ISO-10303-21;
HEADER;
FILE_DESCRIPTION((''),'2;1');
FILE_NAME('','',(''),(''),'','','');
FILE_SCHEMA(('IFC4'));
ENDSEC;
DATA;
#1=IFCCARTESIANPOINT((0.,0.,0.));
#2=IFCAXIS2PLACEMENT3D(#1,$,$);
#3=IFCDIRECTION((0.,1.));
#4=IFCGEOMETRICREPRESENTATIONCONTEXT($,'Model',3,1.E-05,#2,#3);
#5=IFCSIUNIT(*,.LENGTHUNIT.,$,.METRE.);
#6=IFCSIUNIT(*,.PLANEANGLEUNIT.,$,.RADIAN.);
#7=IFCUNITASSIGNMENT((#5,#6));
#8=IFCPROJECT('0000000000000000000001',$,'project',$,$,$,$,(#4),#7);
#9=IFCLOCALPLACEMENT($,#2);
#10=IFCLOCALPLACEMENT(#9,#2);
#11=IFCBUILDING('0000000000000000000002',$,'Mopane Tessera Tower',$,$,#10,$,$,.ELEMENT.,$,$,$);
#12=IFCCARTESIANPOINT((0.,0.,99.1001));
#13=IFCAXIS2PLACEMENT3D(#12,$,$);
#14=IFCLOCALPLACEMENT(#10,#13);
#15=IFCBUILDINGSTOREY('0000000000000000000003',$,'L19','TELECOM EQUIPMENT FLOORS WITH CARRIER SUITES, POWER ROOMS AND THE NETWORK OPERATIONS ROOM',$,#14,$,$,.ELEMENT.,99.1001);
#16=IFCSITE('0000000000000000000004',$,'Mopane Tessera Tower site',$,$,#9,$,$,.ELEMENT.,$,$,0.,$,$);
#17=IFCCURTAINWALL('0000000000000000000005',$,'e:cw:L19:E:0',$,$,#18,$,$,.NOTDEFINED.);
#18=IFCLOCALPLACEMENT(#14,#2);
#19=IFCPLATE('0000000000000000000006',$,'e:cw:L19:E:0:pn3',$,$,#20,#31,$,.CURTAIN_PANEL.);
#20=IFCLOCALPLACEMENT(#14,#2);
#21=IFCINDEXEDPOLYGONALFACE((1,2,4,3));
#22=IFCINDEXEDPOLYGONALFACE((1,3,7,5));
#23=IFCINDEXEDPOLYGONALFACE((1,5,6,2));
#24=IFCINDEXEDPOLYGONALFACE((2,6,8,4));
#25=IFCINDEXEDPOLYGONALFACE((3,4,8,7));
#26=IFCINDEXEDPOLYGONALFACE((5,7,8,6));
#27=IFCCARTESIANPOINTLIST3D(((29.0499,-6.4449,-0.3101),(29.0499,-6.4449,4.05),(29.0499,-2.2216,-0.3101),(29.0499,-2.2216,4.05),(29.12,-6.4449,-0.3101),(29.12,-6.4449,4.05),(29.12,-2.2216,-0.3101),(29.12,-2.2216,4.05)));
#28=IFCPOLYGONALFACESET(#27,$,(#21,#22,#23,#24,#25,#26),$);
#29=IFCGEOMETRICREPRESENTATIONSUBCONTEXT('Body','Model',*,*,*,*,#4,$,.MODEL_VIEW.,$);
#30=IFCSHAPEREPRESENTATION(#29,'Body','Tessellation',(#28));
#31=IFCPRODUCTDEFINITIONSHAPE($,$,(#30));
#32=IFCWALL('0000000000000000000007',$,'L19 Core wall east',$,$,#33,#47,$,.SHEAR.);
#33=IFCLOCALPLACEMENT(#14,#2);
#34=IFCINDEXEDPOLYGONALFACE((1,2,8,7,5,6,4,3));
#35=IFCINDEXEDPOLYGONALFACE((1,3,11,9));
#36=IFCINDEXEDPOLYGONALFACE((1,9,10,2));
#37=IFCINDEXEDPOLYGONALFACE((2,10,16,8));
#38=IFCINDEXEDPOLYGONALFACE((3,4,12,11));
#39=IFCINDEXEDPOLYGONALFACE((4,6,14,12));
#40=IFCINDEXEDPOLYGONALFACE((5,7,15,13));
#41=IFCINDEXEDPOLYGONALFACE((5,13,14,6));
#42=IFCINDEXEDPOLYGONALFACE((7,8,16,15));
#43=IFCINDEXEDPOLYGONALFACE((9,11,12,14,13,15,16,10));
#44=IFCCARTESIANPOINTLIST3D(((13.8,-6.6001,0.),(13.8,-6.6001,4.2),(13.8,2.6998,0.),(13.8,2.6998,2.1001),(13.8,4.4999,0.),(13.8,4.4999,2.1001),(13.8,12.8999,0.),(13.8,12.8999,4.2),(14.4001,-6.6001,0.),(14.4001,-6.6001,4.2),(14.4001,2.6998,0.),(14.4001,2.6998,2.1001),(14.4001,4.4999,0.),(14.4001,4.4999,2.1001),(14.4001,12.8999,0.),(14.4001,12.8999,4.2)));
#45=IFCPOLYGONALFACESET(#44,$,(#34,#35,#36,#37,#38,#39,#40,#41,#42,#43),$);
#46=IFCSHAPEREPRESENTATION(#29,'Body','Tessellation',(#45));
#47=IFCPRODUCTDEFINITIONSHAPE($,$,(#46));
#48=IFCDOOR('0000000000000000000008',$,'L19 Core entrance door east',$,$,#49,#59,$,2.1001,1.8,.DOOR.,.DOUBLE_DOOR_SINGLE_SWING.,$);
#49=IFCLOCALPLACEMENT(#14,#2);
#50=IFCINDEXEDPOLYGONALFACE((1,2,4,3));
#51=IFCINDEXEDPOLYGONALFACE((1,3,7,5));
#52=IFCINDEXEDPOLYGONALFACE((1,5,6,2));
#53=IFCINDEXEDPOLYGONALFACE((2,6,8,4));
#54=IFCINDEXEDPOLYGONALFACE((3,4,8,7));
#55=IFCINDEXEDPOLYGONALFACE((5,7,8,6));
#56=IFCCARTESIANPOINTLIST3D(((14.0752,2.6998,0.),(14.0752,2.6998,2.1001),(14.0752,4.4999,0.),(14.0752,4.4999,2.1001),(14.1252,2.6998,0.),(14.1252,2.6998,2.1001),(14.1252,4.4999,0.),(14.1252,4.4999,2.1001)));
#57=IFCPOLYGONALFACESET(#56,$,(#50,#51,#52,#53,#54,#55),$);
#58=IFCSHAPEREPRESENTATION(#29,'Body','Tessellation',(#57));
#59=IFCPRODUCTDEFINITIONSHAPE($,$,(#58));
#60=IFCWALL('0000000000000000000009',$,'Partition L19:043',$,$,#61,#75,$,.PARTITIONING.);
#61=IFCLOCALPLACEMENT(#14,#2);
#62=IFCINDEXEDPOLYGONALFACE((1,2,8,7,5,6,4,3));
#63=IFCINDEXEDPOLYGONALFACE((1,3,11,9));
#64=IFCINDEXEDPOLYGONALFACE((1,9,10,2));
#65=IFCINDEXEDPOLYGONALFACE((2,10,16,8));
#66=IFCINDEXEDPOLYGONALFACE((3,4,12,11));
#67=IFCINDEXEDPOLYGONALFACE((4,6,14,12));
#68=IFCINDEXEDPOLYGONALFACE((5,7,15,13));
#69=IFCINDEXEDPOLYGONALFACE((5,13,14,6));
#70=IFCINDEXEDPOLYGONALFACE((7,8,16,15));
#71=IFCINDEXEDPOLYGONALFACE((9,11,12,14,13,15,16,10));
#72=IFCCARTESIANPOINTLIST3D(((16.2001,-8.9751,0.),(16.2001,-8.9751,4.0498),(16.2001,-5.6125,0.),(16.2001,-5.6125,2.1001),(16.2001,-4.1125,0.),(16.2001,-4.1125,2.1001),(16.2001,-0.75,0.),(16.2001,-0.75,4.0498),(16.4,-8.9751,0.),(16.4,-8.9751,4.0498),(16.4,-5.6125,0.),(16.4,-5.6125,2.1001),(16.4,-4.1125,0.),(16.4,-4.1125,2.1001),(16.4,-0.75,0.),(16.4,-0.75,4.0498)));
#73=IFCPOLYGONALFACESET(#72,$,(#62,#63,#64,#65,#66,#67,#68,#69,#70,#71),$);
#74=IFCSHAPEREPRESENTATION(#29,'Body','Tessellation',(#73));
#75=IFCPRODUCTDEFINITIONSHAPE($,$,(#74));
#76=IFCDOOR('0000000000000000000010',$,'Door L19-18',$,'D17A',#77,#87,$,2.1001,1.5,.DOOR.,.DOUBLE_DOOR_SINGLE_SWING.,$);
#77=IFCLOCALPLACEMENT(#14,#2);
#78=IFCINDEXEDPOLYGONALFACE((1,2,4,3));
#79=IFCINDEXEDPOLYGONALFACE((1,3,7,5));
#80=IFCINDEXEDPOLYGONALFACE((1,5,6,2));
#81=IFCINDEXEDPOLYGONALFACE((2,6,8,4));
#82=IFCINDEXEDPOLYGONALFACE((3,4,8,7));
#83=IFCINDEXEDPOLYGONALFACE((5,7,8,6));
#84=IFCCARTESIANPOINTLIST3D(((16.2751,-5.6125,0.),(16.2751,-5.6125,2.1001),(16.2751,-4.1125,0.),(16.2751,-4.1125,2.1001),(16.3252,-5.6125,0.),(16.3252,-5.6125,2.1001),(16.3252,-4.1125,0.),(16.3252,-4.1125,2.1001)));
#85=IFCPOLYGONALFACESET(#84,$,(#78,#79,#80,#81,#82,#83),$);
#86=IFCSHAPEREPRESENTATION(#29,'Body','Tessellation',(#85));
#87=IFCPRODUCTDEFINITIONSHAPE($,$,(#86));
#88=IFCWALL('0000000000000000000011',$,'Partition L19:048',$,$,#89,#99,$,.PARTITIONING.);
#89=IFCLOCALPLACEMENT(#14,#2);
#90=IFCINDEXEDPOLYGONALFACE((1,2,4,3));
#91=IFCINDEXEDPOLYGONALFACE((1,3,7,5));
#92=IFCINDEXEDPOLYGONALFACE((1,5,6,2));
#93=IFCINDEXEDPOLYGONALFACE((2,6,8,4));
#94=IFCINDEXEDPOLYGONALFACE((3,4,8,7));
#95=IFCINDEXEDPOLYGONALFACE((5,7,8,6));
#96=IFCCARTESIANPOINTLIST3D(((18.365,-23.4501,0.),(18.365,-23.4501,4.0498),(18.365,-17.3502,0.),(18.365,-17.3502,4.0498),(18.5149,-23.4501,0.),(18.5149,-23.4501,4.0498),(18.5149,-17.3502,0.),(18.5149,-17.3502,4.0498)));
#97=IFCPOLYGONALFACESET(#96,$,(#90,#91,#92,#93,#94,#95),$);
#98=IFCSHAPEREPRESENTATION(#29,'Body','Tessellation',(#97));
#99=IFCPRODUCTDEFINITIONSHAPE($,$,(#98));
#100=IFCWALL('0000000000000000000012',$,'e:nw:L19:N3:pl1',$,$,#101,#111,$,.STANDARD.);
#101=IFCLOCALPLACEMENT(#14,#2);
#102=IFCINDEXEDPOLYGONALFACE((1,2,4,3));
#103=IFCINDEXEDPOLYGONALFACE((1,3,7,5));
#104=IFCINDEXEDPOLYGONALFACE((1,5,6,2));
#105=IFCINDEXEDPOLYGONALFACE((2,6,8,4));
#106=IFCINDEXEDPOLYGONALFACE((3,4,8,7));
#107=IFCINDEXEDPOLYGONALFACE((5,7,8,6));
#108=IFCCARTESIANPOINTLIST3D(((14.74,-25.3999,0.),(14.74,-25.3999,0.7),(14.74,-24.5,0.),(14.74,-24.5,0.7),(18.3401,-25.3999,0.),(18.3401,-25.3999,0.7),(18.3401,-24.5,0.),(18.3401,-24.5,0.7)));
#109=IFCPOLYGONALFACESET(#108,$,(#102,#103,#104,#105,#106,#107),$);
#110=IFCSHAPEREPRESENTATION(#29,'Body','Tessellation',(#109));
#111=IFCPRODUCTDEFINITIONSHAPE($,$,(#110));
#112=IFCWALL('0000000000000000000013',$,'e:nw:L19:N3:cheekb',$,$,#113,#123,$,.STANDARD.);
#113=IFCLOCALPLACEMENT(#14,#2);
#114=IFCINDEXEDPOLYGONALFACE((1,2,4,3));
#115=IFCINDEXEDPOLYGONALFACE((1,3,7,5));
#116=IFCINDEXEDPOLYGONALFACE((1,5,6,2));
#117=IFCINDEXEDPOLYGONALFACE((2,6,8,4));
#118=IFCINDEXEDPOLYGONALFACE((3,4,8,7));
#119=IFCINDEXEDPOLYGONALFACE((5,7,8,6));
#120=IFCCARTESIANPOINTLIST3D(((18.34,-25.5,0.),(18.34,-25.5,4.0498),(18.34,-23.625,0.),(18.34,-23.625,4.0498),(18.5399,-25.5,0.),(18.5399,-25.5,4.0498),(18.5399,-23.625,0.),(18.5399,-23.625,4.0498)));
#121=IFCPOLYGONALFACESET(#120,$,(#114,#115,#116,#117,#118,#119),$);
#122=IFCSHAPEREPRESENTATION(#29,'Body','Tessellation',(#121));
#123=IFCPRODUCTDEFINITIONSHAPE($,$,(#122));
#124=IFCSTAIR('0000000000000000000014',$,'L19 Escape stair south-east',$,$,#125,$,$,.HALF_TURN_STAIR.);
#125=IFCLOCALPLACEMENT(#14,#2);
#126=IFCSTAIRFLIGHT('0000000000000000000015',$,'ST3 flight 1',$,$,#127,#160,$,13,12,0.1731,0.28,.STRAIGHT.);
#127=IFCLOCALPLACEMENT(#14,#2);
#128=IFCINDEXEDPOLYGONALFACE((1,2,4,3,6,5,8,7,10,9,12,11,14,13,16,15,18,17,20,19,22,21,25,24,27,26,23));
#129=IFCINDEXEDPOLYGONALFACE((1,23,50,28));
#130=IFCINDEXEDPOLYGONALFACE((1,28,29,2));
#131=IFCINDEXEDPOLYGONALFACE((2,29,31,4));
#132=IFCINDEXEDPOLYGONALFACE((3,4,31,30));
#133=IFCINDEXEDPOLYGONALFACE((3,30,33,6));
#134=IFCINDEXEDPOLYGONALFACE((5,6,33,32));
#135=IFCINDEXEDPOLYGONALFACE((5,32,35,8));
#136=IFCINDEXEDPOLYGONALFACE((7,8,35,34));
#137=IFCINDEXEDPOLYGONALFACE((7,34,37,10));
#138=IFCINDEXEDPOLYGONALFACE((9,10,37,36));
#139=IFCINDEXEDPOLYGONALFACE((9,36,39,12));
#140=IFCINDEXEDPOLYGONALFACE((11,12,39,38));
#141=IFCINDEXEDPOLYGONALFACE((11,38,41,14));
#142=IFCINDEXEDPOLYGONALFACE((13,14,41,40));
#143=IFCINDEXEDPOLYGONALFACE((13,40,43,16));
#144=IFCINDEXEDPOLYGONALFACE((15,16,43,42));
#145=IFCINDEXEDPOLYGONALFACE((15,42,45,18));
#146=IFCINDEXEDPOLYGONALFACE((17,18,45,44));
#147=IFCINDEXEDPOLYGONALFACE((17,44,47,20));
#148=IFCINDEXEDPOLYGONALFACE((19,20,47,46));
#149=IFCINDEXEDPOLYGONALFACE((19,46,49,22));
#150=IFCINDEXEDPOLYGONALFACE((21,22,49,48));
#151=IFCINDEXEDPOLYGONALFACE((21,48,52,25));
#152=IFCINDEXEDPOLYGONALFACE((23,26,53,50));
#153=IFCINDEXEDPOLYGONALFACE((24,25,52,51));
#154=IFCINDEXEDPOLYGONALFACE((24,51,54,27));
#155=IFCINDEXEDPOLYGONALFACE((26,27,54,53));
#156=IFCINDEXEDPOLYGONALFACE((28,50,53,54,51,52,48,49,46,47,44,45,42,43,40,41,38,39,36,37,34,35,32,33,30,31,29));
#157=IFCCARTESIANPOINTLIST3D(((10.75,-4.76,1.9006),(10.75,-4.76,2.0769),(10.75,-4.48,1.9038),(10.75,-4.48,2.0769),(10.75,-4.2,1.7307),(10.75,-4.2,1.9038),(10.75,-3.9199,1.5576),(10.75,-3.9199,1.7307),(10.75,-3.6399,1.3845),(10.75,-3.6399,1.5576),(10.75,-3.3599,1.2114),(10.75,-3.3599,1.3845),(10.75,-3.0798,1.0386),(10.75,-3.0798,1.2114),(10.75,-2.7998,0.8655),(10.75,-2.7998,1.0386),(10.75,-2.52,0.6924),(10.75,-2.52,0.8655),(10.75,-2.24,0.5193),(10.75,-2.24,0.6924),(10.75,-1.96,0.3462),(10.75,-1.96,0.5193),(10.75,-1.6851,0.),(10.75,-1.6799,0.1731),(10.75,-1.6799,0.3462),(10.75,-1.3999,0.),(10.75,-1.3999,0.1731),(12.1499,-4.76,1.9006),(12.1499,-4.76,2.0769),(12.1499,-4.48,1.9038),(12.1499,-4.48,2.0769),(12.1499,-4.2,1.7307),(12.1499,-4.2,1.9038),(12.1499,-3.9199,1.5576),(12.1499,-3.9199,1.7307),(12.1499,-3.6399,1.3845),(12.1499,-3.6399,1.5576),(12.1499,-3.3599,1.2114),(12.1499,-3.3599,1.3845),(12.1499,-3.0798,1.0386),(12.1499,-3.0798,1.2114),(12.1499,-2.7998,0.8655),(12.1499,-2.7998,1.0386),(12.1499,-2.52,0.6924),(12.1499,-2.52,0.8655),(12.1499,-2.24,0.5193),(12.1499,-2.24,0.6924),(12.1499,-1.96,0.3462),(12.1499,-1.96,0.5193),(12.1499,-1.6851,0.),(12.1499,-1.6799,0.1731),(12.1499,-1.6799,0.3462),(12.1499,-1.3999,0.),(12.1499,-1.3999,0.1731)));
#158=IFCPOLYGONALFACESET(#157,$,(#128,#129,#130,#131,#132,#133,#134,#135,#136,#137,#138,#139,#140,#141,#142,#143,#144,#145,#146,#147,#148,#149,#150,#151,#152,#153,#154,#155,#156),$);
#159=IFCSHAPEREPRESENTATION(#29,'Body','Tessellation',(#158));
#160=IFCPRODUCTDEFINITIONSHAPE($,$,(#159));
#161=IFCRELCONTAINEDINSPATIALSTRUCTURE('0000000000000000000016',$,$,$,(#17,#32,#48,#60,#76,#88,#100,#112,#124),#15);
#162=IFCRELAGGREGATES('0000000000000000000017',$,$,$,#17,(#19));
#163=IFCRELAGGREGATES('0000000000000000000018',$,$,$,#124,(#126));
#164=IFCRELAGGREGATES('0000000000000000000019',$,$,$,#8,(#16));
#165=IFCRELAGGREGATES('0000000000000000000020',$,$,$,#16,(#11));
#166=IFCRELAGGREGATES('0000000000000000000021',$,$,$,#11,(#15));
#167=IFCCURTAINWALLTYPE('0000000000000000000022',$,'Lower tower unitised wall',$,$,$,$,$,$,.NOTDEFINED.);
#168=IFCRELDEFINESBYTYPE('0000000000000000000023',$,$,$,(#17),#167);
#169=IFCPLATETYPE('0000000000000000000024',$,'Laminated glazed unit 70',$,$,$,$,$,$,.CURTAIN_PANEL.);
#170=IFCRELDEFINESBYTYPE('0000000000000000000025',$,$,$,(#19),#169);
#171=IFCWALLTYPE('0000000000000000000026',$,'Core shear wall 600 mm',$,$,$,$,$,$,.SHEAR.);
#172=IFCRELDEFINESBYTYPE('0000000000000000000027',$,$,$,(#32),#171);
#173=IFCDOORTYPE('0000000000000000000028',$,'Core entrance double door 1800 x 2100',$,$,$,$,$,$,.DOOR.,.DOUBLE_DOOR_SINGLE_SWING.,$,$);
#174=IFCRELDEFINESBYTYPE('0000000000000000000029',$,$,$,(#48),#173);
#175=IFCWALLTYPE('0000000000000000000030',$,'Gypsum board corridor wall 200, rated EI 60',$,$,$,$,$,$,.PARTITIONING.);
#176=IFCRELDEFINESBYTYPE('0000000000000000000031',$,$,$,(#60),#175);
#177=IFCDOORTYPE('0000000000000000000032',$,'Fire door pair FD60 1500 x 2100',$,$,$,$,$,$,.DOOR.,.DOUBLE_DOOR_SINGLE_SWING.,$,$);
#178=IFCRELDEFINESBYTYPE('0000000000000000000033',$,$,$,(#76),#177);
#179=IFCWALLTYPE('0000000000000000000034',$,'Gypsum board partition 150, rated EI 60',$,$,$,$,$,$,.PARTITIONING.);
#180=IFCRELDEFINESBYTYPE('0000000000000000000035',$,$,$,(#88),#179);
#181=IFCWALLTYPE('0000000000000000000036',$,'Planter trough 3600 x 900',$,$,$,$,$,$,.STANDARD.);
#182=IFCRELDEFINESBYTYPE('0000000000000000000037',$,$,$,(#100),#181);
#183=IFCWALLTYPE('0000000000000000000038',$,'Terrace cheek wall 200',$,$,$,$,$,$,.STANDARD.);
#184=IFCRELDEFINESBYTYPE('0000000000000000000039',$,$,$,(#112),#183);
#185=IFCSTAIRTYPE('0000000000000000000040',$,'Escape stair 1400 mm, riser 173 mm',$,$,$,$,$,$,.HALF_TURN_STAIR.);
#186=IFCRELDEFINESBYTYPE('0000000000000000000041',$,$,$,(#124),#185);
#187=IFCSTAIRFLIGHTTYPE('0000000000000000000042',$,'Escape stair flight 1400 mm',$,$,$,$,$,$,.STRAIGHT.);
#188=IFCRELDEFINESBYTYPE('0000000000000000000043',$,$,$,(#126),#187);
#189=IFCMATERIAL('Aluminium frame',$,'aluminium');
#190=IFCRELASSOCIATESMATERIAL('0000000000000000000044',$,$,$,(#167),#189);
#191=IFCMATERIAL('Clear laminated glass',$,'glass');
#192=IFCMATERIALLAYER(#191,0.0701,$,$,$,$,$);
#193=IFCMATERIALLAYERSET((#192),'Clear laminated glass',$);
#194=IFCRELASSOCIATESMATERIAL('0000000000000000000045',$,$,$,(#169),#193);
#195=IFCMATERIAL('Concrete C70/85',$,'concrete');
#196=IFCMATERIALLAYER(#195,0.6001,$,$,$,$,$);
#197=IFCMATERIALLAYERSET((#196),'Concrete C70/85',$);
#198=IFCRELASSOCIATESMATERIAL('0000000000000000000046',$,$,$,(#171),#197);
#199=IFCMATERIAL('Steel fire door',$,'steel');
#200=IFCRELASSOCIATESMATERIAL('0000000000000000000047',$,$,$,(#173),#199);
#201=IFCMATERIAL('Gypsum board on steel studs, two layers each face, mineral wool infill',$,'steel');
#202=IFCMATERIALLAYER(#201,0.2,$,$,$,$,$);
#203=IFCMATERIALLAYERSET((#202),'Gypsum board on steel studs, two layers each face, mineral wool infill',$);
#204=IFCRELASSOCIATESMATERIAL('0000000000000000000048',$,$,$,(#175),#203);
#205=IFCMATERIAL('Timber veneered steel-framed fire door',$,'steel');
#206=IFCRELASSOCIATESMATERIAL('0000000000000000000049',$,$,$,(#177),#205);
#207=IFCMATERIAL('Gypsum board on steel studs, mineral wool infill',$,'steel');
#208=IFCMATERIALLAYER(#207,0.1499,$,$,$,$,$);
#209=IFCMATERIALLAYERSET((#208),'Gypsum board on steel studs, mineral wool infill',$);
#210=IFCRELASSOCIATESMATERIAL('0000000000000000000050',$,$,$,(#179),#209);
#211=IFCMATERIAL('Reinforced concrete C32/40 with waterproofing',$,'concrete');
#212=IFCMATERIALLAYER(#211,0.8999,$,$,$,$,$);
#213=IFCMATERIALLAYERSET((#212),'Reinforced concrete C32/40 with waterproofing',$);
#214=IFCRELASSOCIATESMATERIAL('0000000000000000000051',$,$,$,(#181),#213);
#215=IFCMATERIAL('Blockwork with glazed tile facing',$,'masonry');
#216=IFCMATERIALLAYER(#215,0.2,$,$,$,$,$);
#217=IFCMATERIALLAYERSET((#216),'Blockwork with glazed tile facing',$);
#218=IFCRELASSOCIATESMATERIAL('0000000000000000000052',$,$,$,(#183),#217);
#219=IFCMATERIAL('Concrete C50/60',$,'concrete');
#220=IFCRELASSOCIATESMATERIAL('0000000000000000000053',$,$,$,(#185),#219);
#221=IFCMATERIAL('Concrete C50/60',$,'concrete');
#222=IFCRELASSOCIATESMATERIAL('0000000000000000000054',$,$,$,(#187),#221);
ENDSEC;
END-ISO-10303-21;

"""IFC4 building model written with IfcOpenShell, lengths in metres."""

from ifc_helpers import new_model, si_unit, direction, frame, frame_2d, origin, origin_2d, place, context, subcontext, project, spatial, polyline, rectangle, outline, extrude, material, layer, layer_set, type_object, element, fill, aggregate, save


model = new_model("IFC4")

# Units and contexts
model_context = context("Model", 3, precision=1e-05, world=origin(), true_north=direction((0.0, 1.0)))
body_context = subcontext(model_context, "Body", "Model", "MODEL_VIEW")
ifc_project = project(units=[si_unit("LENGTHUNIT", "METRE"), si_unit("PLANEANGLEUNIT", "RADIAN")], contexts=[model_context])

# Site, building, storey
site_placement = place(None, origin())
site = spatial("IfcSite", under=ifc_project, at=site_placement, Name="Mopane Tessera Tower site", CompositionType="ELEMENT", RefElevation=0.0)
building_placement = place(site_placement, origin())
building = spatial("IfcBuilding", under=site, at=building_placement, Name="Mopane Tessera Tower", CompositionType="ELEMENT")
storey_placement = place(building_placement, frame((0.0, 0.0, 99.1001)))
storey = spatial("IfcBuildingStorey", under=building, at=storey_placement, Name="L19", Description="TELECOM EQUIPMENT FLOORS WITH CARRIER SUITES, POWER ROOMS AND THE NETWORK OPERATIONS ROOM", CompositionType="ELEMENT", Elevation=99.1001)

# Curtain wall
ifc_material_1 = material(Name="Aluminium frame", Category="aluminium")
curtain_wall_type = type_object("IfcCurtainWallType", Name="Lower tower unitised wall", PredefinedType="NOTDEFINED", material=ifc_material_1)
curtain_wall_1_placement = place(storey_placement, origin())
curtain_wall_1 = element("IfcCurtainWall", 1, at=curtain_wall_1_placement, inside=storey, type_object=curtain_wall_type, Name="e:cw:L19:E:0", PredefinedType="NOTDEFINED")

# Plate
ifc_material_2 = material(Name="Clear laminated glass", Category="glass")
ifc_layer_1 = layer(ifc_material_2, 0.0701)
ifc_layer_set_1 = layer_set([ifc_layer_1], Name="Clear laminated glass")
plate_type = type_object("IfcPlateType", Name="Laminated glazed unit 70", PredefinedType="CURTAIN_PANEL", material=ifc_layer_set_1)
plate_1_placement = place(storey_placement, frame((29.085, -4.3333, -0.3101), z_axis=(0.0, 0.0, 1.0), x_axis=(0.0, 1.0, 0.0)))
plate_1 = element("IfcPlate", 2, at=plate_1_placement, type_object=plate_type, Name="e:cw:L19:E:0:pn3", PredefinedType="CURTAIN_PANEL", context=body_context, shape_type="SweptSolid", body=[
    extrude(rectangle(XDim=4.2234, YDim=0.0701, at=origin_2d()), origin(), (0.0, 0.0, 1.0), 4.3601),
])
aggregate(curtain_wall_1, [plate_1])

# Walls, openings, doors
ifc_material_3 = material(Name="Concrete C70/85", Category="concrete")
ifc_layer_2 = layer(ifc_material_3, 0.6001)
ifc_layer_set_2 = layer_set([ifc_layer_2], Name="Concrete C70/85")
wall_type_1 = type_object("IfcWallType", Name="Core shear wall 600 mm", PredefinedType="SHEAR", material=ifc_layer_set_2)
wall_1_placement = place(storey_placement, frame((14.1001, -6.6001, 0.0), z_axis=(0.0, 0.0, 1.0), x_axis=(0.0, 1.0, 0.0)))
wall_1 = element("IfcWall", 3, at=wall_1_placement, inside=storey, type_object=wall_type_1, Name="L19 Core wall east", PredefinedType="SHEAR", context=body_context, shape_type="SweptSolid", body=[
    extrude(rectangle(XDim=19.5, YDim=0.6001, at=frame_2d((9.75, 0.0))), origin(), (0.0, 0.0, 1.0), 4.2),
])
opening_1_placement = place(wall_1_placement, frame((9.3, 0.0, 0.0)))
opening_1 = element("IfcOpeningElement", 4, at=opening_1_placement, cuts=wall_1, PredefinedType="OPENING", context=body_context, shape_type="SweptSolid", body=[
    extrude(rectangle(XDim=1.8, YDim=2.1001, at=frame_2d((0.8999, 1.05))), frame((0.0, 0.312, 0.0), z_axis=(0.0, -1.0, 0.0), x_axis=(1.0, 0.0, 0.0)), (0.0, 0.0, 1.0), 0.624),
])
ifc_material_4 = material(Name="Steel fire door", Category="steel")
door_type_1 = type_object("IfcDoorType", Name="Core entrance double door 1800 x 2100", OperationType="DOUBLE_DOOR_SINGLE_SWING", PredefinedType="DOOR", material=ifc_material_4)
door_1_placement = place(opening_1_placement, origin())
door_1 = element("IfcDoor", 5, at=door_1_placement, inside=storey, type_object=door_type_1, Name="L19 Core entrance door east", OperationType="DOUBLE_DOOR_SINGLE_SWING", OverallHeight=2.1001, OverallWidth=1.8, PredefinedType="DOOR", context=body_context, shape_type="SweptSolid", body=[
    extrude(rectangle(XDim=1.8, YDim=2.1001, at=frame_2d((0.8999, 1.05))), frame((0.0, 0.0249, 0.0), z_axis=(0.0, -1.0, 0.0), x_axis=(1.0, 0.0, 0.0)), (0.0, 0.0, 1.0), 0.05),
])
fill(opening_1, door_1)
ifc_material_5 = material(Name="Gypsum board on steel studs, two layers each face, mineral wool infill", Category="steel")
ifc_layer_3 = layer(ifc_material_5, 0.2)
ifc_layer_set_3 = layer_set([ifc_layer_3], Name="Gypsum board on steel studs, two layers each face, mineral wool infill")
wall_type_2 = type_object("IfcWallType", Name="Gypsum board corridor wall 200, rated EI 60", PredefinedType="PARTITIONING", material=ifc_layer_set_3)
wall_2_placement = place(storey_placement, frame((16.3, -8.9751, 0.0), z_axis=(0.0, 0.0, 1.0), x_axis=(0.0, 1.0, 0.0)))
wall_2 = element("IfcWall", 6, at=wall_2_placement, inside=storey, type_object=wall_type_2, Name="Partition L19:043", PredefinedType="PARTITIONING", context=body_context, shape_type="SweptSolid", body=[
    extrude(rectangle(XDim=8.2251, YDim=0.2, at=frame_2d((4.1125, 0.0))), origin(), (0.0, 0.0, 1.0), 4.0498),
])
opening_2_placement = place(wall_2_placement, frame((3.3625, 0.0, 0.0)))
opening_2 = element("IfcOpeningElement", 7, at=opening_2_placement, cuts=wall_2, PredefinedType="OPENING", context=body_context, shape_type="SweptSolid", body=[
    extrude(rectangle(XDim=1.5, YDim=2.1001, at=frame_2d((0.75, 1.05))), frame((0.0, 0.1121, 0.0), z_axis=(0.0, -1.0, 0.0), x_axis=(1.0, 0.0, 0.0)), (0.0, 0.0, 1.0), 0.2239),
])
ifc_material_6 = material(Name="Timber veneered steel-framed fire door", Category="steel")
door_type_2 = type_object("IfcDoorType", Name="Fire door pair FD60 1500 x 2100", OperationType="DOUBLE_DOOR_SINGLE_SWING", PredefinedType="DOOR", material=ifc_material_6)
door_2_placement = place(opening_2_placement, origin())
door_2 = element("IfcDoor", 8, at=door_2_placement, inside=storey, type_object=door_type_2, Name="Door L19-18", ObjectType="D17A", OperationType="DOUBLE_DOOR_SINGLE_SWING", OverallHeight=2.1001, OverallWidth=1.5, PredefinedType="DOOR", context=body_context, shape_type="SweptSolid", body=[
    extrude(rectangle(XDim=1.5, YDim=2.1001, at=frame_2d((0.75, 1.05))), frame((0.0, 0.0249, 0.0), z_axis=(0.0, -1.0, 0.0), x_axis=(1.0, 0.0, 0.0)), (0.0, 0.0, 1.0), 0.05),
])
fill(opening_2, door_2)

# Walls
ifc_material_7 = material(Name="Gypsum board on steel studs, mineral wool infill", Category="steel")
ifc_layer_4 = layer(ifc_material_7, 0.1499)
ifc_layer_set_4 = layer_set([ifc_layer_4], Name="Gypsum board on steel studs, mineral wool infill")
wall_type_3 = type_object("IfcWallType", Name="Gypsum board partition 150, rated EI 60", PredefinedType="PARTITIONING", material=ifc_layer_set_4)
wall_3_placement = place(storey_placement, frame((18.4399, -23.45, 0.0), z_axis=(0.0, 0.0, 1.0), x_axis=(0.0, 1.0, 0.0)))
element("IfcWall", 9, at=wall_3_placement, inside=storey, type_object=wall_type_3, Name="Partition L19:048", PredefinedType="PARTITIONING", context=body_context, shape_type="SweptSolid", body=[
    extrude(rectangle(XDim=6.0999, YDim=0.1499, at=frame_2d((3.0498, 0.0))), origin(), (0.0, 0.0, 1.0), 4.0498),
])
ifc_material_8 = material(Name="Reinforced concrete C32/40 with waterproofing", Category="concrete")
ifc_layer_5 = layer(ifc_material_8, 0.8999)
ifc_layer_set_5 = layer_set([ifc_layer_5], Name="Reinforced concrete C32/40 with waterproofing")
wall_type_4 = type_object("IfcWallType", Name="Planter trough 3600 x 900", PredefinedType="STANDARD", material=ifc_layer_set_5)
wall_4_placement = place(storey_placement, frame((14.74, -24.95, 0.0), z_axis=(0.0, 0.0, 1.0), x_axis=(1.0, 0.0, 0.0)))
element("IfcWall", 10, at=wall_4_placement, inside=storey, type_object=wall_type_4, Name="e:nw:L19:N3:pl1", PredefinedType="STANDARD", context=body_context, shape_type="SweptSolid", body=[
    extrude(rectangle(XDim=3.6001, YDim=0.8999, at=frame_2d((1.8, 0.0))), origin(), (0.0, 0.0, 1.0), 0.7),
])
ifc_material_9 = material(Name="Blockwork with glazed tile facing", Category="masonry")
ifc_layer_6 = layer(ifc_material_9, 0.2)
ifc_layer_set_6 = layer_set([ifc_layer_6], Name="Blockwork with glazed tile facing")
wall_type_5 = type_object("IfcWallType", Name="Terrace cheek wall 200", PredefinedType="STANDARD", material=ifc_layer_set_6)
wall_5_placement = place(storey_placement, frame((18.4399, -25.5, 0.0), z_axis=(0.0, 0.0, 1.0), x_axis=(0.0, 1.0, 0.0)))
element("IfcWall", 11, at=wall_5_placement, inside=storey, type_object=wall_type_5, Name="e:nw:L19:N3:cheekb", PredefinedType="STANDARD", context=body_context, shape_type="SweptSolid", body=[
    extrude(rectangle(XDim=1.875, YDim=0.2, at=frame_2d((0.9375, 0.0))), origin(), (0.0, 0.0, 1.0), 4.0498),
])

# Stair, stair flight
ifc_material_10 = material(Name="Concrete C50/60", Category="concrete")
stair_type = type_object("IfcStairType", Name="Escape stair 1400 mm, riser 173 mm", PredefinedType="HALF_TURN_STAIR", material=ifc_material_10)
stair_placement = place(storey_placement, origin())
stair = element("IfcStair", 12, at=stair_placement, inside=storey, type_object=stair_type, Name="L19 Escape stair south-east", PredefinedType="HALF_TURN_STAIR")
ifc_material_11 = material(Name="Concrete C50/60", Category="concrete")
stair_flight_type = type_object("IfcStairFlightType", Name="Escape stair flight 1400 mm", PredefinedType="STRAIGHT", material=ifc_material_11)
stair_flight_1_placement = place(storey_placement, frame((11.45, -1.3999, 0.0), z_axis=(0.0, 0.0, 1.0), x_axis=(0.0, -1.0, 0.0)))
stair_flight_1 = element("IfcStairFlight", 13, at=stair_flight_1_placement, type_object=stair_flight_type, Name="ST3 flight 1", NumberOfRisers=13, NumberOfTreads=12, PredefinedType="STRAIGHT", RiserHeight=0.1731, TreadLength=0.28, context=body_context, shape_type="SweptSolid", body=[
    extrude(outline(polyline([(0.0, 0.0), (0.0, 0.1731), (0.28, 0.1731), (0.28, 0.3462), (0.5601, 0.3462), (0.5601, 0.5193), (0.8401, 0.5193), (0.8401, 0.6924), (1.1201, 0.6924), (1.1201, 0.8655), (1.3999, 0.8655), (1.3999, 1.0386), (1.6799, 1.0386), (1.6799, 1.2114), (1.96, 1.2114), (1.96, 1.3845), (2.24, 1.3845), (2.24, 1.5576), (2.52, 1.5576), (2.52, 1.7307), (2.8, 1.7307), (2.8, 1.9038), (3.0801, 1.9038), (3.0801, 2.0769), (3.3601, 2.0769), (3.3601, 2.25), (3.3601, 1.9006), (0.2852, 0.0), (0.0, 0.0)])), frame((0.0, 0.7, 0.0), z_axis=(0.0, -1.0, 0.0), x_axis=(1.0, 0.0, 0.0)), (0.0, 0.0, 1.0), 1.3999),
])
aggregate(stair, [stair_flight_1])

save(model, "model.ifc")
